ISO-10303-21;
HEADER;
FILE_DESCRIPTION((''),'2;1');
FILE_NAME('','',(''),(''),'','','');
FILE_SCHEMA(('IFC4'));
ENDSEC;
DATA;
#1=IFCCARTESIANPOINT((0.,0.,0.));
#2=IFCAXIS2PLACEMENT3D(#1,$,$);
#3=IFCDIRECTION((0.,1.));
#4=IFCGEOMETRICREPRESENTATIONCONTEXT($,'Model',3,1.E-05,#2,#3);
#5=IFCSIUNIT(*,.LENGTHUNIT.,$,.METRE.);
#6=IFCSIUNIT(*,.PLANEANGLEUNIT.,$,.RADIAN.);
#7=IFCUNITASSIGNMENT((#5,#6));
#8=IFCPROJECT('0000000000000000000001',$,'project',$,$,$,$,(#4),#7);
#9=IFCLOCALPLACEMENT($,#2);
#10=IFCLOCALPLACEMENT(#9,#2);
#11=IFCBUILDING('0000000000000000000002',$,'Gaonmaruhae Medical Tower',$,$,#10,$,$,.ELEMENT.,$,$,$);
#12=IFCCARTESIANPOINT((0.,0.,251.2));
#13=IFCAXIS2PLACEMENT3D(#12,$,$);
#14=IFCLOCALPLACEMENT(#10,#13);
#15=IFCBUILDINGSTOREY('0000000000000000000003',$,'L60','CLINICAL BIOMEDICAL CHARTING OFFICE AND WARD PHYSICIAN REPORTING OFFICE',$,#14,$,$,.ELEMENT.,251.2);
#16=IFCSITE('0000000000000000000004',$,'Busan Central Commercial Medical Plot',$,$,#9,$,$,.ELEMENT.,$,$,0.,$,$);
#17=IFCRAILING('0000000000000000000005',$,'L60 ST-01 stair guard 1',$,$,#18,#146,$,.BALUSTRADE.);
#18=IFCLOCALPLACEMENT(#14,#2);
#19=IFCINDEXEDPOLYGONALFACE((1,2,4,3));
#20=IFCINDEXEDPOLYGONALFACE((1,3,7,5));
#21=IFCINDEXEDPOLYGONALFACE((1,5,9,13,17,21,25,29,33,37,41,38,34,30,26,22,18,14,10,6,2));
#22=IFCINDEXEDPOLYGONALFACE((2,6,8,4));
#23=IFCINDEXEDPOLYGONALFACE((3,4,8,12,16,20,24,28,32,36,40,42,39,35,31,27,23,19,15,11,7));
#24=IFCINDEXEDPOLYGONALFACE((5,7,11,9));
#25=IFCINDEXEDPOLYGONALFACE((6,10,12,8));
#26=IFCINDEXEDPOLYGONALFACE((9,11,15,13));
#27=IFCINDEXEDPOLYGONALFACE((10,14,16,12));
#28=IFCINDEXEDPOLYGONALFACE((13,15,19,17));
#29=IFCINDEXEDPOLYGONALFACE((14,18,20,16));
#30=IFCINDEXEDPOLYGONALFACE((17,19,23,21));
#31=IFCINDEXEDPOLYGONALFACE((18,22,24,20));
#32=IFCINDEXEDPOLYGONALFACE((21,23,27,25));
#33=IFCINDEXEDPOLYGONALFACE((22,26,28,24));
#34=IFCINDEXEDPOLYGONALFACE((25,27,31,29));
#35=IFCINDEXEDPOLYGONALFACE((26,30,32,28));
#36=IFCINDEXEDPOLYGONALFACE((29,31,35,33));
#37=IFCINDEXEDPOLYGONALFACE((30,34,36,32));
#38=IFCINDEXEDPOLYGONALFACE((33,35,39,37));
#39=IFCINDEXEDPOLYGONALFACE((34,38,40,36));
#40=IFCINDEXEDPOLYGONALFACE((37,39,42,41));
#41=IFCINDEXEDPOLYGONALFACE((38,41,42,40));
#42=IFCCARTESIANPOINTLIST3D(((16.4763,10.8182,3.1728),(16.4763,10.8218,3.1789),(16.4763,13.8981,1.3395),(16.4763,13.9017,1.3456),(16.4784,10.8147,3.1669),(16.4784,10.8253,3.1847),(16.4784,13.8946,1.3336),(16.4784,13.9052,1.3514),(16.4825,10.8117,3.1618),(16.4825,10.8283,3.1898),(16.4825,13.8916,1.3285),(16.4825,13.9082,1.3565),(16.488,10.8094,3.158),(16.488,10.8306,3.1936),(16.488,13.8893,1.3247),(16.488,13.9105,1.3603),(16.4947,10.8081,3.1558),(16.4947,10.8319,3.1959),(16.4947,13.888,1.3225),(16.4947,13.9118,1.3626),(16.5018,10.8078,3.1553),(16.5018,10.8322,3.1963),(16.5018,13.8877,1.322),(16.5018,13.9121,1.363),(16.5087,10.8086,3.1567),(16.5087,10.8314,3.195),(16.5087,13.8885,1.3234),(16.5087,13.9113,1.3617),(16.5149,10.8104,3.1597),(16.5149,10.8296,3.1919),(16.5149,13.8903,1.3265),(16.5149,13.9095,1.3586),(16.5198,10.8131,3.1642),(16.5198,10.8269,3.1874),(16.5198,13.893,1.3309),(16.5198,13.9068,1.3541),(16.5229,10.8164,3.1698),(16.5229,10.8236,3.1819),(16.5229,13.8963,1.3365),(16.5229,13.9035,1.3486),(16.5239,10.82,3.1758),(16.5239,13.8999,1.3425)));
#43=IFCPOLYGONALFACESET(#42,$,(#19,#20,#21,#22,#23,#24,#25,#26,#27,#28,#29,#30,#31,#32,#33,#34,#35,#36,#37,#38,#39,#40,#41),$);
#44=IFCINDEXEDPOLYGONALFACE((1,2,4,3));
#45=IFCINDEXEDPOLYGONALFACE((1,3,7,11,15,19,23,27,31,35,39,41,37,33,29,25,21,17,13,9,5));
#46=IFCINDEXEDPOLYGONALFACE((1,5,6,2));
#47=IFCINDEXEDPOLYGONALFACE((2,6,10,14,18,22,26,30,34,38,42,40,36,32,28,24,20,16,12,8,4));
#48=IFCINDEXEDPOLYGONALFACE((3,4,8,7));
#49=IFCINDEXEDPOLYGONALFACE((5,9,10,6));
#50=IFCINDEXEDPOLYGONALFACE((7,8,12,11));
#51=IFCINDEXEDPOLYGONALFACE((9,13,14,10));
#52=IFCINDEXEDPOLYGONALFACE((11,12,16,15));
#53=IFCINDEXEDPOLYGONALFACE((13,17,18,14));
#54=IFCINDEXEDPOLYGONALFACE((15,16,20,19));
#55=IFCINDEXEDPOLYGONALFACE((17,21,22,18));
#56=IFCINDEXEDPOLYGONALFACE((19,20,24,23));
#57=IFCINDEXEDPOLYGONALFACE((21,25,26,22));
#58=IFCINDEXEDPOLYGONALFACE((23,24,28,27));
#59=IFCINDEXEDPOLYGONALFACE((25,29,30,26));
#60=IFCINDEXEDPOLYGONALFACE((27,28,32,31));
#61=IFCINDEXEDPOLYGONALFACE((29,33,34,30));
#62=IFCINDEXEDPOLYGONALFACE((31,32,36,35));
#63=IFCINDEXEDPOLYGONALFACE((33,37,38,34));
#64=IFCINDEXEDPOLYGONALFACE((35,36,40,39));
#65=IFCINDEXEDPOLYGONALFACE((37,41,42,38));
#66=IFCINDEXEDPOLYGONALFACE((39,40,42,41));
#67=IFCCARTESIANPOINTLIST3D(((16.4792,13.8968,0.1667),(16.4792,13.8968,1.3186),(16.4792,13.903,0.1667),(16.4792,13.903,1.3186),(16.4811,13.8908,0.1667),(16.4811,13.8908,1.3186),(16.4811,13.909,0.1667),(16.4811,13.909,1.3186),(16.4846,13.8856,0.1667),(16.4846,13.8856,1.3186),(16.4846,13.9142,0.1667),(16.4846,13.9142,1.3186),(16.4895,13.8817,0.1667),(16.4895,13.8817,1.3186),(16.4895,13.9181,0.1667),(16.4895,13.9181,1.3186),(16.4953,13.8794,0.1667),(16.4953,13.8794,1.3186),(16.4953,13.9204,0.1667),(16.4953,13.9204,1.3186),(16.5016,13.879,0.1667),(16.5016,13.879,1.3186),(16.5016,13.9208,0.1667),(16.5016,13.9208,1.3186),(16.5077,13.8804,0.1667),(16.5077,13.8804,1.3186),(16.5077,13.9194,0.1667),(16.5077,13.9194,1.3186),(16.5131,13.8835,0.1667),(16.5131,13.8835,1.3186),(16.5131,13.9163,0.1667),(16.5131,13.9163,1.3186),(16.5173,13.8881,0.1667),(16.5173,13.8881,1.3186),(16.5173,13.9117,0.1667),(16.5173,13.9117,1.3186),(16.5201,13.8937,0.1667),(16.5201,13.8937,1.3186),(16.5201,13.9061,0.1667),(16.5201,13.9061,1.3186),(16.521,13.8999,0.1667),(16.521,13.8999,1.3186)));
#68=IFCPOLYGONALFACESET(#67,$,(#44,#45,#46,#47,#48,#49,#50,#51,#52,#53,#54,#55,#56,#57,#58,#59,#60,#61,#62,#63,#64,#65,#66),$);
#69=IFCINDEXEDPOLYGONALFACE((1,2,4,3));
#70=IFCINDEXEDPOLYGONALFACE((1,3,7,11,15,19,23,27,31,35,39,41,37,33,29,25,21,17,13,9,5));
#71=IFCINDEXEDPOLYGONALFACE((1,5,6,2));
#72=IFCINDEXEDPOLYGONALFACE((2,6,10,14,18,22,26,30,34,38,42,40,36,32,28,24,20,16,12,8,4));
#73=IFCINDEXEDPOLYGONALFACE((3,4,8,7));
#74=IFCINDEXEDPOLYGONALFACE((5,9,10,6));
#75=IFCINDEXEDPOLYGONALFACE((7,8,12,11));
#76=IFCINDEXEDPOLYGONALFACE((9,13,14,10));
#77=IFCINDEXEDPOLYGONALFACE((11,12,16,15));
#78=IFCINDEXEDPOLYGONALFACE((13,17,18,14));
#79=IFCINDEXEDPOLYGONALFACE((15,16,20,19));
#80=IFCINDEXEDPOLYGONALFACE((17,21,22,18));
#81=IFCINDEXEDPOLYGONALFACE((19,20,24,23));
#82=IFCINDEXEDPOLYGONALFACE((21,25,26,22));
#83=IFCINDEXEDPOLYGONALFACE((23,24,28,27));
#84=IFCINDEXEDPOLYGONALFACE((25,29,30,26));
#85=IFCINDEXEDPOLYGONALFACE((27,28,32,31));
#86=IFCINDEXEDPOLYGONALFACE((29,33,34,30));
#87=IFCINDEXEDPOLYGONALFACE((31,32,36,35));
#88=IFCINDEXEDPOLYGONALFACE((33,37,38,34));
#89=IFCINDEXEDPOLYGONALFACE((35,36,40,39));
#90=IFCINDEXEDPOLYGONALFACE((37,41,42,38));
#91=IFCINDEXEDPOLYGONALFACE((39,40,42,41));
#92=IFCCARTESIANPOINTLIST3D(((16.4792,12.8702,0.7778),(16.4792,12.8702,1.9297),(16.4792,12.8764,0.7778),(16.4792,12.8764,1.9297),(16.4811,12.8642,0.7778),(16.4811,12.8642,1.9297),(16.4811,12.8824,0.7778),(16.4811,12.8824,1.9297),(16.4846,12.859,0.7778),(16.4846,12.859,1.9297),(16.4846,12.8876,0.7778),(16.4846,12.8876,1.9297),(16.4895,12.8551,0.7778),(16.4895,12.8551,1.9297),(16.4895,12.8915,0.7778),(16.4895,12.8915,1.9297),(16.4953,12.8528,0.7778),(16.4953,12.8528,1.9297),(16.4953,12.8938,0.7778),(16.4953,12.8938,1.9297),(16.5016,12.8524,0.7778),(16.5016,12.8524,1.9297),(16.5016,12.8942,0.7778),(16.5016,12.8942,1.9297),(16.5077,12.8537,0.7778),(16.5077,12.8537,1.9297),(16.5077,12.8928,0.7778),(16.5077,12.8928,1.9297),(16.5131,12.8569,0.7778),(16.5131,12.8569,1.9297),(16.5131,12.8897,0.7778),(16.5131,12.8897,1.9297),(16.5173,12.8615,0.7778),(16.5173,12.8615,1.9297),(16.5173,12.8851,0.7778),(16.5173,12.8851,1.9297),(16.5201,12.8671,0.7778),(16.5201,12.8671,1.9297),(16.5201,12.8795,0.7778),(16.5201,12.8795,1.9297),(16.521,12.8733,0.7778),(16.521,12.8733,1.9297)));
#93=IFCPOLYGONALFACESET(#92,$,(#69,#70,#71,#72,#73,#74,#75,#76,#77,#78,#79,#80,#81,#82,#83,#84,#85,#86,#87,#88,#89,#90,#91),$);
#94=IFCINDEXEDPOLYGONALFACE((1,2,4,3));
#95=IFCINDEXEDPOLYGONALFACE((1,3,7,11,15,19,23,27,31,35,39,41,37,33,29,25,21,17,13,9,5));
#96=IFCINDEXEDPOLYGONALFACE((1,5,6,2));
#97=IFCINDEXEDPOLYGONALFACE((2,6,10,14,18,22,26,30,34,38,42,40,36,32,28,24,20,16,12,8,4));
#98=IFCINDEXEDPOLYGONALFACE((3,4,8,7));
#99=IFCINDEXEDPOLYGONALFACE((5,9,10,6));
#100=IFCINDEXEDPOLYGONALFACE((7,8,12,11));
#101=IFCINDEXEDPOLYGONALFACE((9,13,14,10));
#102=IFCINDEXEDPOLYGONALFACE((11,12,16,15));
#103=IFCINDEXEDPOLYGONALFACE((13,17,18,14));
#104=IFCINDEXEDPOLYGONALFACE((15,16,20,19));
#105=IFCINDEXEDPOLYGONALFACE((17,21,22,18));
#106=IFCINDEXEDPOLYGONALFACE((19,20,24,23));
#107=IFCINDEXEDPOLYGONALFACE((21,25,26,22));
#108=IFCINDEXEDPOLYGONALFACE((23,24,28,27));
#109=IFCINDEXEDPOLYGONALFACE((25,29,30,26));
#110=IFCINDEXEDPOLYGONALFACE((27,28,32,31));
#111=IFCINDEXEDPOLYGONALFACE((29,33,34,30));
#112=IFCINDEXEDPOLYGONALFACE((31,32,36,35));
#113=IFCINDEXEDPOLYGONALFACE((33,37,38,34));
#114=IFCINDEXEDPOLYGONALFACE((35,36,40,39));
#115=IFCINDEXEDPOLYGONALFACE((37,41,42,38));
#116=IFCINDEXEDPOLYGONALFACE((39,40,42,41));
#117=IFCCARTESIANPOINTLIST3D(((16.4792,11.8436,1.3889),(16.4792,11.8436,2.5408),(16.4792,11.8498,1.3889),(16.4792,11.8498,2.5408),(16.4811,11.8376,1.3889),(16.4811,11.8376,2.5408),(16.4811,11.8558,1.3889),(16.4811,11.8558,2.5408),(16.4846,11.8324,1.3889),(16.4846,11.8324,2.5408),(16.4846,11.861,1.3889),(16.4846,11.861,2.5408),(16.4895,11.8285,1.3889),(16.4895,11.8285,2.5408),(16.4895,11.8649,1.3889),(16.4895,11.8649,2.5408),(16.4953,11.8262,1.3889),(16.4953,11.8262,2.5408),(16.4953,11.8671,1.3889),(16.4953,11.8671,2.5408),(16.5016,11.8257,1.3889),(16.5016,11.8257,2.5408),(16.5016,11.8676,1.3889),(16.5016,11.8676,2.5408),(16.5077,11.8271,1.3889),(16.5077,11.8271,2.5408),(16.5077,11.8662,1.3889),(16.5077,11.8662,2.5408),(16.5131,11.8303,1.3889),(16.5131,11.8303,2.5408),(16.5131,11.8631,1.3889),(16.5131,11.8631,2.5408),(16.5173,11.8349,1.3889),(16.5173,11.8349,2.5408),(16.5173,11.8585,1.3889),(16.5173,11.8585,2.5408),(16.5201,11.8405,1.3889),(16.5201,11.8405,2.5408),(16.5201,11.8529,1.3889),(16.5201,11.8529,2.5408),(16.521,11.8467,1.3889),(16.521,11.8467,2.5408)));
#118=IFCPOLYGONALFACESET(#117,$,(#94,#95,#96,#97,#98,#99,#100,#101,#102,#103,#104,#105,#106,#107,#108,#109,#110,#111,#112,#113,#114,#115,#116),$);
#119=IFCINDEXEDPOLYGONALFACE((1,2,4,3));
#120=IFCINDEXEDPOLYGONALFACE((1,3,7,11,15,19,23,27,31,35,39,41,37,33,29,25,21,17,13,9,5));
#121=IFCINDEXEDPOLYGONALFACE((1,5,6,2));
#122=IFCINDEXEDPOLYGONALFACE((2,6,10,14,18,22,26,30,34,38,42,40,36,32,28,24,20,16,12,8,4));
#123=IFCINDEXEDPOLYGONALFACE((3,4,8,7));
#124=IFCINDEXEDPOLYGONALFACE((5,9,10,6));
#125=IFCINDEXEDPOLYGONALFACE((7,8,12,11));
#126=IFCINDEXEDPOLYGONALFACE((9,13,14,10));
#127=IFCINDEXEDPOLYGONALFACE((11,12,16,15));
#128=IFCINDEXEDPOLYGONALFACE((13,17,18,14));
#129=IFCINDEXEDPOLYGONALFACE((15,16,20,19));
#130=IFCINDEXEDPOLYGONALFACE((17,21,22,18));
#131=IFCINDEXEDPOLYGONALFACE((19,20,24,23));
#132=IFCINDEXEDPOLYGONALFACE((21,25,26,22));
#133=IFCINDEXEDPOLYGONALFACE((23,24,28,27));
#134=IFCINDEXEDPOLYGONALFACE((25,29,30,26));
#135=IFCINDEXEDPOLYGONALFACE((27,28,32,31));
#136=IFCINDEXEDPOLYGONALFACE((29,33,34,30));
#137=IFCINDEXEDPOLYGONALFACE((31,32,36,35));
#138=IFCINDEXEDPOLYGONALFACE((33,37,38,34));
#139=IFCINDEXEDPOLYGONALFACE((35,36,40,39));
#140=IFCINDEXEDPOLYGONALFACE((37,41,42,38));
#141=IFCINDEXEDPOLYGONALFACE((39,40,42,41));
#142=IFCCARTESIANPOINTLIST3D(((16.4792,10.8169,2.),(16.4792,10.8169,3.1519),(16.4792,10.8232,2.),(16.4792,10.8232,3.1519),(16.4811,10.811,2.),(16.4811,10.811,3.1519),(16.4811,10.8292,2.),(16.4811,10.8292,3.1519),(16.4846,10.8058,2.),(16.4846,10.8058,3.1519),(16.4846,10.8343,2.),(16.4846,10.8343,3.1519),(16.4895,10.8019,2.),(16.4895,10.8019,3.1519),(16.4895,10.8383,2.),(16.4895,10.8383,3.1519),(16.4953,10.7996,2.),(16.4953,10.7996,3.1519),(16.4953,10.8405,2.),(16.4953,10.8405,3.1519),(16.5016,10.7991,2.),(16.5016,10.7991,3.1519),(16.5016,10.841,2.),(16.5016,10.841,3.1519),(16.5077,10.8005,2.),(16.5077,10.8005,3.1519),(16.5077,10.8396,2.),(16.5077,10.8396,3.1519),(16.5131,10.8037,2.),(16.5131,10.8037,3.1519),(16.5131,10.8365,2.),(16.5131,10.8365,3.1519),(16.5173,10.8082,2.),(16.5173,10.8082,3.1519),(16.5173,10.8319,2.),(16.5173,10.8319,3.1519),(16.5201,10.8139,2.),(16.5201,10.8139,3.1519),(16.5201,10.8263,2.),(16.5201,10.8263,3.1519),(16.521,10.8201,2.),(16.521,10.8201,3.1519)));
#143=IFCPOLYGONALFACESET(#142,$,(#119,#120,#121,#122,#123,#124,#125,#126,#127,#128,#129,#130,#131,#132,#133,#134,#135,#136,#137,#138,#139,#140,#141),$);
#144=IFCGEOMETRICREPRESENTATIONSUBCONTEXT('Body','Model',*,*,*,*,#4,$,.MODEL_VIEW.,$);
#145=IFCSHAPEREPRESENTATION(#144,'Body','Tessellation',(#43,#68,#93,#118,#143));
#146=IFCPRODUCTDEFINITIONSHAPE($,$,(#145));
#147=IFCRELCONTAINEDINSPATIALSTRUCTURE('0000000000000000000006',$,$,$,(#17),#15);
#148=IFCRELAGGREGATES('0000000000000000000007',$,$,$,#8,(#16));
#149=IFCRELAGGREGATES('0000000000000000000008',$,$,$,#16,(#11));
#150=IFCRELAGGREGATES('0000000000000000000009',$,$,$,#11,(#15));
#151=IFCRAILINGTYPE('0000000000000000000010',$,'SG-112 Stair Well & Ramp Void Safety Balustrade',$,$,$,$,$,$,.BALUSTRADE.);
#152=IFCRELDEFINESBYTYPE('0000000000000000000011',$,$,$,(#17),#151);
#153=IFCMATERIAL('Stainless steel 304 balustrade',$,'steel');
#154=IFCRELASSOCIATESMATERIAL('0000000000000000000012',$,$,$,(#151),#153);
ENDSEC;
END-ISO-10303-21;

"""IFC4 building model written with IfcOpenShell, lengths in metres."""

from ifc_helpers import new_model, si_unit, direction, frame, origin, origin_2d, place, context, subcontext, project, spatial, circle, extrude, material, type_object, element, save


model = new_model("IFC4")

# Units and contexts
model_context = context("Model", 3, precision=1e-05, world=origin(), true_north=direction((0.0, 1.0)))
body_context = subcontext(model_context, "Body", "Model", "MODEL_VIEW")
ifc_project = project(units=[si_unit("LENGTHUNIT", "METRE"), si_unit("PLANEANGLEUNIT", "RADIAN")], contexts=[model_context])

# Site, building, storey
site_placement = place(None, origin())
site = spatial("IfcSite", under=ifc_project, at=site_placement, Name="Busan Central Commercial Medical Plot", CompositionType="ELEMENT", RefElevation=0.0)
building_placement = place(site_placement, origin())
building = spatial("IfcBuilding", under=site, at=building_placement, Name="Gaonmaruhae Medical Tower", CompositionType="ELEMENT")
storey_placement = place(building_placement, frame((0.0, 0.0, 251.2)))
storey = spatial("IfcBuildingStorey", under=building, at=storey_placement, Name="L60", Description="CLINICAL BIOMEDICAL CHARTING OFFICE AND WARD PHYSICIAN REPORTING OFFICE", CompositionType="ELEMENT", Elevation=251.2)

# Railing
ifc_material_1 = material(Name="Stainless steel 304 balustrade", Category="steel")
railing_type_1 = type_object("IfcRailingType", Name="SG-112 Stair Well & Ramp Void Safety Balustrade", PredefinedType="BALUSTRADE", material=ifc_material_1)
railing_1_placement = place(storey_placement, frame((16.5, 13.8999, 0.1667)))
element("IfcRailing", 1, at=railing_1_placement, inside=storey, type_object=railing_type_1, Name="L60 ST-01 stair guard 1", PredefinedType="BALUSTRADE", context=body_context, shape_type="SweptSolid", body=[
    extrude(circle(Radius=0.0239, at=origin_2d()), frame((0.0, 0.0, 1.1758), z_axis=(0.0, -0.859291, 0.511487), x_axis=(1.0, 0.0, 0.0)), (0.0, 0.0, 1.0), 3.5842),
    extrude(circle(Radius=0.021, at=origin_2d()), origin(), (0.0, 0.0, 1.0), 1.1519),
    extrude(circle(Radius=0.021, at=origin_2d()), frame((0.0, -1.0266, 0.6111)), (0.0, 0.0, 1.0), 1.1519),
    extrude(circle(Radius=0.021, at=origin_2d()), frame((0.0, -2.0532, 1.2222)), (0.0, 0.0, 1.0), 1.1519),
    extrude(circle(Radius=0.021, at=origin_2d()), frame((0.0, -3.0798, 1.8333)), (0.0, 0.0, 1.0), 1.1519),
])

save(model, "model.ifc")
